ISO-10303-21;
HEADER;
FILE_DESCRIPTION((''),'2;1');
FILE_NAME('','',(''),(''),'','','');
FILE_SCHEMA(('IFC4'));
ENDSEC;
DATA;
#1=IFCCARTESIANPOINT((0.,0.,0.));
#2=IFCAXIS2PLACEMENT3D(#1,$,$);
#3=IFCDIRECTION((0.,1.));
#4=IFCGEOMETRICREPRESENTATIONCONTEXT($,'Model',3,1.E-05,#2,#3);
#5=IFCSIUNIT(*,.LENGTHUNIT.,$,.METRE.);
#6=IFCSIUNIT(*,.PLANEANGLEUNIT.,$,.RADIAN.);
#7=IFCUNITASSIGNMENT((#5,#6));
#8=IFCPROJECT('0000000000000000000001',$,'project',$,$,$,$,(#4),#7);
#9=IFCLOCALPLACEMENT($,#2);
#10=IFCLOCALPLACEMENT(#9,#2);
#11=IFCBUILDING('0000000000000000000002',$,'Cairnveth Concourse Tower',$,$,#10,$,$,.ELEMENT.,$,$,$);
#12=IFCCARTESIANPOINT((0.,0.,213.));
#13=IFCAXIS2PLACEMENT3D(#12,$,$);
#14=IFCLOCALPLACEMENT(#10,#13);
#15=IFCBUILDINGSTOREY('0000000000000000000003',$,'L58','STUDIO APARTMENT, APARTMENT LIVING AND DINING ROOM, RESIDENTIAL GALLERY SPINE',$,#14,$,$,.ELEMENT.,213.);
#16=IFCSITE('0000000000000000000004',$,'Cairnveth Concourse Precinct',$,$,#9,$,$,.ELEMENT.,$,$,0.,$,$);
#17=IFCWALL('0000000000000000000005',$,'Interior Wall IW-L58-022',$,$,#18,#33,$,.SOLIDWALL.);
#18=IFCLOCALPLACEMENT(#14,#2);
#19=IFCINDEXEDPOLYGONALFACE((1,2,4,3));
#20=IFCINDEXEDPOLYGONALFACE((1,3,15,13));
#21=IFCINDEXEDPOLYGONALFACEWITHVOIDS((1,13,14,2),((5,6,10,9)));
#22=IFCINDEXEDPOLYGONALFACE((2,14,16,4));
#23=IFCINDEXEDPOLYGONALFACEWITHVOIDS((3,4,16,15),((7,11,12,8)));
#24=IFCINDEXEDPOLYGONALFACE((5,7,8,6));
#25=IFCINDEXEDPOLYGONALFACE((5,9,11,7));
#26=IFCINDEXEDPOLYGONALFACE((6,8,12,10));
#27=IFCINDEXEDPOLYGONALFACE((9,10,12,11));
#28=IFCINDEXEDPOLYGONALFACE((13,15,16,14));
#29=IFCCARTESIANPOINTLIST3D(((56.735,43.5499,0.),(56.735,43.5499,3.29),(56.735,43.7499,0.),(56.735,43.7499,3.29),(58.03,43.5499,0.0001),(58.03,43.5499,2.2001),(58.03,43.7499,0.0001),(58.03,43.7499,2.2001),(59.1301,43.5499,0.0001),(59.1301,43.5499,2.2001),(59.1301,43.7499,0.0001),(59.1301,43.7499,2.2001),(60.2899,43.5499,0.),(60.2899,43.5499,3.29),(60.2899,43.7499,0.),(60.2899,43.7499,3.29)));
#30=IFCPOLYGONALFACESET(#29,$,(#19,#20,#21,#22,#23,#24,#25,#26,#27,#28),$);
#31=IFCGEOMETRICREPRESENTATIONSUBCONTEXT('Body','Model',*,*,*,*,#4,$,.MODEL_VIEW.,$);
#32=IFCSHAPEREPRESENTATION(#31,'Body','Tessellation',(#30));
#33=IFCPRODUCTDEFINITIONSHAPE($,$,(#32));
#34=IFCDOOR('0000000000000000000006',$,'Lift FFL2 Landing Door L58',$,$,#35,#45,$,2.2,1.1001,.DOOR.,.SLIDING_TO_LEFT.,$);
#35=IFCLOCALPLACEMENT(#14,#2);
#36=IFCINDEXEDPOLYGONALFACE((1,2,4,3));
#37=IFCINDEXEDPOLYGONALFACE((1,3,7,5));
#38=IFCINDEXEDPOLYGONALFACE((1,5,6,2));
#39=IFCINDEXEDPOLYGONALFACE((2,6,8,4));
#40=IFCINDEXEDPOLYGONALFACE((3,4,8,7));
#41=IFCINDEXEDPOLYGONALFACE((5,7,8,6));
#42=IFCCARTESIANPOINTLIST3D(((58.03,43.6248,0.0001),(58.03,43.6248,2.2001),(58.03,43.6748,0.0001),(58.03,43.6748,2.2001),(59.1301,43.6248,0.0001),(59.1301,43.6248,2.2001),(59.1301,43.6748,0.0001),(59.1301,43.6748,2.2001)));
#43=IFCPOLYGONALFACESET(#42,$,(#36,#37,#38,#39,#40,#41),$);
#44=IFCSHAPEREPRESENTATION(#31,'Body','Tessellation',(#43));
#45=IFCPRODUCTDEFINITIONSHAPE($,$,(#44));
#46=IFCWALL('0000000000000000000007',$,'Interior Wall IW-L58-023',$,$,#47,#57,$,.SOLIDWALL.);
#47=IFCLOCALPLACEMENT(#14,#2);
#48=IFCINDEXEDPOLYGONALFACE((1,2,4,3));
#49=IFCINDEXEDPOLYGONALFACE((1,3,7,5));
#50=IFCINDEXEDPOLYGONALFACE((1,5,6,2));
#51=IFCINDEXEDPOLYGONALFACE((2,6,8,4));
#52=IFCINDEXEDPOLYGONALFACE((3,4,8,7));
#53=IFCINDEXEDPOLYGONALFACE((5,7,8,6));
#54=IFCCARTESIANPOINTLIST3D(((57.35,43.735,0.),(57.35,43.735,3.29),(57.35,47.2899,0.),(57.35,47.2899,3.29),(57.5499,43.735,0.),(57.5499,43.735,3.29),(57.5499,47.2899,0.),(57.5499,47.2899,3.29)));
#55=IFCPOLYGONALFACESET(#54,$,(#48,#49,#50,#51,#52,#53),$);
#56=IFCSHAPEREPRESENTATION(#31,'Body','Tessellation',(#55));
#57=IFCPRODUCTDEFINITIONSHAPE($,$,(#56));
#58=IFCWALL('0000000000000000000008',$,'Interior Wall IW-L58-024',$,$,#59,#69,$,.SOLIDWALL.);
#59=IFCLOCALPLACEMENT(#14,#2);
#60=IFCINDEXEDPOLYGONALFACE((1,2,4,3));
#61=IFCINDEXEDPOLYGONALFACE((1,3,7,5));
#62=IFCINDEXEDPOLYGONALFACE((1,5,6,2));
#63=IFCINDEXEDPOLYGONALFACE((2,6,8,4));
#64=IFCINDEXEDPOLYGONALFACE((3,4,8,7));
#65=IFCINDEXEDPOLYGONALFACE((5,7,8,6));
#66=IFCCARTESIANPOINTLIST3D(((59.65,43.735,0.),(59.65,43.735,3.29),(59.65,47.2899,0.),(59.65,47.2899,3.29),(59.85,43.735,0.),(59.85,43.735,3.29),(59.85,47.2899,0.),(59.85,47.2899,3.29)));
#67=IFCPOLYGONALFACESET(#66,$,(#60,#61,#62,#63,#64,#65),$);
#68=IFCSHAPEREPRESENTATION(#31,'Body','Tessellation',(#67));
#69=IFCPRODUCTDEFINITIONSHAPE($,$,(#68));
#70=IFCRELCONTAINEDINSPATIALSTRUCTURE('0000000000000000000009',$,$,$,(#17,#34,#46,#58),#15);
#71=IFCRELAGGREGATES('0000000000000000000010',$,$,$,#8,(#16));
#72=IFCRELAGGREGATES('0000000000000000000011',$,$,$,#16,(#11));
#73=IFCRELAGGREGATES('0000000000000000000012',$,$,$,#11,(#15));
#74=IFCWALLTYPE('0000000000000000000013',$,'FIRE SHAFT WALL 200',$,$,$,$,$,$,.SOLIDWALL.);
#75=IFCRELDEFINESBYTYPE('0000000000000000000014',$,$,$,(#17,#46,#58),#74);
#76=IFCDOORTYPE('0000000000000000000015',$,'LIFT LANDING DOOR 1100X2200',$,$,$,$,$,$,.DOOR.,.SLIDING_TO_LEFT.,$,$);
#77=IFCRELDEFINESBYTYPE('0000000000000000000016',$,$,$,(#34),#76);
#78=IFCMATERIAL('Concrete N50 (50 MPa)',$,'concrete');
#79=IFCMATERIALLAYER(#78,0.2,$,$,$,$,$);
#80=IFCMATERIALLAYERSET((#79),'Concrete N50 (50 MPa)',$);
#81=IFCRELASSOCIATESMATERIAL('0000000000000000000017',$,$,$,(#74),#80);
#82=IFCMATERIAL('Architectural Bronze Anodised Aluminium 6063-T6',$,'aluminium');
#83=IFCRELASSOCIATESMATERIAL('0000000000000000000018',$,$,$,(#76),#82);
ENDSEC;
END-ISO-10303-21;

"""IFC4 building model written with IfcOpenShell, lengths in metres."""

from ifc_helpers import new_model, si_unit, direction, frame, frame_2d, origin, place, context, subcontext, project, spatial, rectangle, extrude, material, layer, layer_set, type_object, element, fill, save


model = new_model("IFC4")

# Units and contexts
model_context = context("Model", 3, precision=1e-05, world=origin(), true_north=direction((0.0, 1.0)))
body_context = subcontext(model_context, "Body", "Model", "MODEL_VIEW")
ifc_project = project(units=[si_unit("LENGTHUNIT", "METRE"), si_unit("PLANEANGLEUNIT", "RADIAN")], contexts=[model_context])

# Site, building, storey
site_placement = place(None, origin())
site = spatial("IfcSite", under=ifc_project, at=site_placement, Name="Cairnveth Concourse Precinct", CompositionType="ELEMENT", RefElevation=0.0)
building_placement = place(site_placement, origin())
building = spatial("IfcBuilding", under=site, at=building_placement, Name="Cairnveth Concourse Tower", CompositionType="ELEMENT")
storey_placement = place(building_placement, frame((0.0, 0.0, 213.0)))
storey = spatial("IfcBuildingStorey", under=building, at=storey_placement, Name="L58", Description="STUDIO APARTMENT, APARTMENT LIVING AND DINING ROOM, RESIDENTIAL GALLERY SPINE", CompositionType="ELEMENT", Elevation=213.0)

# Shared definitions
ifc_material_1 = material(Name="Concrete N50 (50 MPa)", Category="concrete")
ifc_layer_1 = layer(ifc_material_1, 0.2)
ifc_layer_set_1 = layer_set([ifc_layer_1], Name="Concrete N50 (50 MPa)")
wall_type_1 = type_object("IfcWallType", Name="FIRE SHAFT WALL 200", PredefinedType="SOLIDWALL", material=ifc_layer_set_1)

# Shared definitions
ifc_material_2 = material(Name="Architectural Bronze Anodised Aluminium 6063-T6", Category="aluminium")
door_type_1 = type_object("IfcDoorType", Name="LIFT LANDING DOOR 1100X2200", OperationType="SLIDING_TO_LEFT", PredefinedType="DOOR", material=ifc_material_2)

# Wall, opening, door
wall_1_placement = place(storey_placement, frame((56.7351, 43.6499, 0.0), z_axis=(0.0, 0.0, 1.0), x_axis=(1.0, 0.0, 0.0)))
wall_1 = element("IfcWall", 1, at=wall_1_placement, inside=storey, type_object=wall_type_1, Name="Interior Wall IW-L58-022", PredefinedType="SOLIDWALL", context=body_context, shape_type="SweptSolid", body=[
    extrude(rectangle(XDim=3.5549, YDim=0.2, at=frame_2d((1.7773, 0.0))), origin(), (0.0, 0.0, 1.0), 3.29),
])
opening_1_placement = place(wall_1_placement, frame((1.2949, 0.0, 0.0)))
opening_1 = element("IfcOpeningElement", 2, at=opening_1_placement, cuts=wall_1, PredefinedType="OPENING", context=body_context, shape_type="SweptSolid", body=[
    extrude(rectangle(XDim=1.1001, YDim=2.2, at=frame_2d((0.55, 1.1001))), frame((0.0, 0.1099, 0.0), z_axis=(0.0, -1.0, 0.0), x_axis=(1.0, 0.0, 0.0)), (0.0, 0.0, 1.0), 0.22),
])
door_1_placement = place(opening_1_placement, origin())
door_1 = element("IfcDoor", 3, at=door_1_placement, inside=storey, type_object=door_type_1, Name="Lift FFL2 Landing Door L58", OperationType="SLIDING_TO_LEFT", OverallHeight=2.2, OverallWidth=1.1001, PredefinedType="DOOR", context=body_context, shape_type="SweptSolid", body=[
    extrude(rectangle(XDim=1.1001, YDim=2.2, at=frame_2d((0.55, 1.1001))), frame((0.0, 0.0249, 0.0), z_axis=(0.0, -1.0, 0.0), x_axis=(1.0, 0.0, 0.0)), (0.0, 0.0, 1.0), 0.05),
])
fill(opening_1, door_1)

# Walls
for number, where, z_axis, x_axis, name in (
    (4, (57.45, 43.7351, 0.0), (0.0, 0.0, 1.0), (0.0, 1.0, 0.0), "Interior Wall IW-L58-023"),
    (5, (59.75, 43.7351, 0.0), (0.0, 0.0, 1.0), (0.0, 1.0, 0.0), "Interior Wall IW-L58-024"),
):
    element("IfcWall", number, at=place(storey_placement, frame(where, z_axis=z_axis, x_axis=x_axis)), inside=storey, type_object=wall_type_1, Name=name, PredefinedType="SOLIDWALL", context=body_context, shape_type="SweptSolid", body=[
        extrude(rectangle(XDim=3.5549, YDim=0.2, at=frame_2d((1.7773, 0.0))), origin(), (0.0, 0.0, 1.0), 3.29),
    ])

save(model, "model.ifc")
